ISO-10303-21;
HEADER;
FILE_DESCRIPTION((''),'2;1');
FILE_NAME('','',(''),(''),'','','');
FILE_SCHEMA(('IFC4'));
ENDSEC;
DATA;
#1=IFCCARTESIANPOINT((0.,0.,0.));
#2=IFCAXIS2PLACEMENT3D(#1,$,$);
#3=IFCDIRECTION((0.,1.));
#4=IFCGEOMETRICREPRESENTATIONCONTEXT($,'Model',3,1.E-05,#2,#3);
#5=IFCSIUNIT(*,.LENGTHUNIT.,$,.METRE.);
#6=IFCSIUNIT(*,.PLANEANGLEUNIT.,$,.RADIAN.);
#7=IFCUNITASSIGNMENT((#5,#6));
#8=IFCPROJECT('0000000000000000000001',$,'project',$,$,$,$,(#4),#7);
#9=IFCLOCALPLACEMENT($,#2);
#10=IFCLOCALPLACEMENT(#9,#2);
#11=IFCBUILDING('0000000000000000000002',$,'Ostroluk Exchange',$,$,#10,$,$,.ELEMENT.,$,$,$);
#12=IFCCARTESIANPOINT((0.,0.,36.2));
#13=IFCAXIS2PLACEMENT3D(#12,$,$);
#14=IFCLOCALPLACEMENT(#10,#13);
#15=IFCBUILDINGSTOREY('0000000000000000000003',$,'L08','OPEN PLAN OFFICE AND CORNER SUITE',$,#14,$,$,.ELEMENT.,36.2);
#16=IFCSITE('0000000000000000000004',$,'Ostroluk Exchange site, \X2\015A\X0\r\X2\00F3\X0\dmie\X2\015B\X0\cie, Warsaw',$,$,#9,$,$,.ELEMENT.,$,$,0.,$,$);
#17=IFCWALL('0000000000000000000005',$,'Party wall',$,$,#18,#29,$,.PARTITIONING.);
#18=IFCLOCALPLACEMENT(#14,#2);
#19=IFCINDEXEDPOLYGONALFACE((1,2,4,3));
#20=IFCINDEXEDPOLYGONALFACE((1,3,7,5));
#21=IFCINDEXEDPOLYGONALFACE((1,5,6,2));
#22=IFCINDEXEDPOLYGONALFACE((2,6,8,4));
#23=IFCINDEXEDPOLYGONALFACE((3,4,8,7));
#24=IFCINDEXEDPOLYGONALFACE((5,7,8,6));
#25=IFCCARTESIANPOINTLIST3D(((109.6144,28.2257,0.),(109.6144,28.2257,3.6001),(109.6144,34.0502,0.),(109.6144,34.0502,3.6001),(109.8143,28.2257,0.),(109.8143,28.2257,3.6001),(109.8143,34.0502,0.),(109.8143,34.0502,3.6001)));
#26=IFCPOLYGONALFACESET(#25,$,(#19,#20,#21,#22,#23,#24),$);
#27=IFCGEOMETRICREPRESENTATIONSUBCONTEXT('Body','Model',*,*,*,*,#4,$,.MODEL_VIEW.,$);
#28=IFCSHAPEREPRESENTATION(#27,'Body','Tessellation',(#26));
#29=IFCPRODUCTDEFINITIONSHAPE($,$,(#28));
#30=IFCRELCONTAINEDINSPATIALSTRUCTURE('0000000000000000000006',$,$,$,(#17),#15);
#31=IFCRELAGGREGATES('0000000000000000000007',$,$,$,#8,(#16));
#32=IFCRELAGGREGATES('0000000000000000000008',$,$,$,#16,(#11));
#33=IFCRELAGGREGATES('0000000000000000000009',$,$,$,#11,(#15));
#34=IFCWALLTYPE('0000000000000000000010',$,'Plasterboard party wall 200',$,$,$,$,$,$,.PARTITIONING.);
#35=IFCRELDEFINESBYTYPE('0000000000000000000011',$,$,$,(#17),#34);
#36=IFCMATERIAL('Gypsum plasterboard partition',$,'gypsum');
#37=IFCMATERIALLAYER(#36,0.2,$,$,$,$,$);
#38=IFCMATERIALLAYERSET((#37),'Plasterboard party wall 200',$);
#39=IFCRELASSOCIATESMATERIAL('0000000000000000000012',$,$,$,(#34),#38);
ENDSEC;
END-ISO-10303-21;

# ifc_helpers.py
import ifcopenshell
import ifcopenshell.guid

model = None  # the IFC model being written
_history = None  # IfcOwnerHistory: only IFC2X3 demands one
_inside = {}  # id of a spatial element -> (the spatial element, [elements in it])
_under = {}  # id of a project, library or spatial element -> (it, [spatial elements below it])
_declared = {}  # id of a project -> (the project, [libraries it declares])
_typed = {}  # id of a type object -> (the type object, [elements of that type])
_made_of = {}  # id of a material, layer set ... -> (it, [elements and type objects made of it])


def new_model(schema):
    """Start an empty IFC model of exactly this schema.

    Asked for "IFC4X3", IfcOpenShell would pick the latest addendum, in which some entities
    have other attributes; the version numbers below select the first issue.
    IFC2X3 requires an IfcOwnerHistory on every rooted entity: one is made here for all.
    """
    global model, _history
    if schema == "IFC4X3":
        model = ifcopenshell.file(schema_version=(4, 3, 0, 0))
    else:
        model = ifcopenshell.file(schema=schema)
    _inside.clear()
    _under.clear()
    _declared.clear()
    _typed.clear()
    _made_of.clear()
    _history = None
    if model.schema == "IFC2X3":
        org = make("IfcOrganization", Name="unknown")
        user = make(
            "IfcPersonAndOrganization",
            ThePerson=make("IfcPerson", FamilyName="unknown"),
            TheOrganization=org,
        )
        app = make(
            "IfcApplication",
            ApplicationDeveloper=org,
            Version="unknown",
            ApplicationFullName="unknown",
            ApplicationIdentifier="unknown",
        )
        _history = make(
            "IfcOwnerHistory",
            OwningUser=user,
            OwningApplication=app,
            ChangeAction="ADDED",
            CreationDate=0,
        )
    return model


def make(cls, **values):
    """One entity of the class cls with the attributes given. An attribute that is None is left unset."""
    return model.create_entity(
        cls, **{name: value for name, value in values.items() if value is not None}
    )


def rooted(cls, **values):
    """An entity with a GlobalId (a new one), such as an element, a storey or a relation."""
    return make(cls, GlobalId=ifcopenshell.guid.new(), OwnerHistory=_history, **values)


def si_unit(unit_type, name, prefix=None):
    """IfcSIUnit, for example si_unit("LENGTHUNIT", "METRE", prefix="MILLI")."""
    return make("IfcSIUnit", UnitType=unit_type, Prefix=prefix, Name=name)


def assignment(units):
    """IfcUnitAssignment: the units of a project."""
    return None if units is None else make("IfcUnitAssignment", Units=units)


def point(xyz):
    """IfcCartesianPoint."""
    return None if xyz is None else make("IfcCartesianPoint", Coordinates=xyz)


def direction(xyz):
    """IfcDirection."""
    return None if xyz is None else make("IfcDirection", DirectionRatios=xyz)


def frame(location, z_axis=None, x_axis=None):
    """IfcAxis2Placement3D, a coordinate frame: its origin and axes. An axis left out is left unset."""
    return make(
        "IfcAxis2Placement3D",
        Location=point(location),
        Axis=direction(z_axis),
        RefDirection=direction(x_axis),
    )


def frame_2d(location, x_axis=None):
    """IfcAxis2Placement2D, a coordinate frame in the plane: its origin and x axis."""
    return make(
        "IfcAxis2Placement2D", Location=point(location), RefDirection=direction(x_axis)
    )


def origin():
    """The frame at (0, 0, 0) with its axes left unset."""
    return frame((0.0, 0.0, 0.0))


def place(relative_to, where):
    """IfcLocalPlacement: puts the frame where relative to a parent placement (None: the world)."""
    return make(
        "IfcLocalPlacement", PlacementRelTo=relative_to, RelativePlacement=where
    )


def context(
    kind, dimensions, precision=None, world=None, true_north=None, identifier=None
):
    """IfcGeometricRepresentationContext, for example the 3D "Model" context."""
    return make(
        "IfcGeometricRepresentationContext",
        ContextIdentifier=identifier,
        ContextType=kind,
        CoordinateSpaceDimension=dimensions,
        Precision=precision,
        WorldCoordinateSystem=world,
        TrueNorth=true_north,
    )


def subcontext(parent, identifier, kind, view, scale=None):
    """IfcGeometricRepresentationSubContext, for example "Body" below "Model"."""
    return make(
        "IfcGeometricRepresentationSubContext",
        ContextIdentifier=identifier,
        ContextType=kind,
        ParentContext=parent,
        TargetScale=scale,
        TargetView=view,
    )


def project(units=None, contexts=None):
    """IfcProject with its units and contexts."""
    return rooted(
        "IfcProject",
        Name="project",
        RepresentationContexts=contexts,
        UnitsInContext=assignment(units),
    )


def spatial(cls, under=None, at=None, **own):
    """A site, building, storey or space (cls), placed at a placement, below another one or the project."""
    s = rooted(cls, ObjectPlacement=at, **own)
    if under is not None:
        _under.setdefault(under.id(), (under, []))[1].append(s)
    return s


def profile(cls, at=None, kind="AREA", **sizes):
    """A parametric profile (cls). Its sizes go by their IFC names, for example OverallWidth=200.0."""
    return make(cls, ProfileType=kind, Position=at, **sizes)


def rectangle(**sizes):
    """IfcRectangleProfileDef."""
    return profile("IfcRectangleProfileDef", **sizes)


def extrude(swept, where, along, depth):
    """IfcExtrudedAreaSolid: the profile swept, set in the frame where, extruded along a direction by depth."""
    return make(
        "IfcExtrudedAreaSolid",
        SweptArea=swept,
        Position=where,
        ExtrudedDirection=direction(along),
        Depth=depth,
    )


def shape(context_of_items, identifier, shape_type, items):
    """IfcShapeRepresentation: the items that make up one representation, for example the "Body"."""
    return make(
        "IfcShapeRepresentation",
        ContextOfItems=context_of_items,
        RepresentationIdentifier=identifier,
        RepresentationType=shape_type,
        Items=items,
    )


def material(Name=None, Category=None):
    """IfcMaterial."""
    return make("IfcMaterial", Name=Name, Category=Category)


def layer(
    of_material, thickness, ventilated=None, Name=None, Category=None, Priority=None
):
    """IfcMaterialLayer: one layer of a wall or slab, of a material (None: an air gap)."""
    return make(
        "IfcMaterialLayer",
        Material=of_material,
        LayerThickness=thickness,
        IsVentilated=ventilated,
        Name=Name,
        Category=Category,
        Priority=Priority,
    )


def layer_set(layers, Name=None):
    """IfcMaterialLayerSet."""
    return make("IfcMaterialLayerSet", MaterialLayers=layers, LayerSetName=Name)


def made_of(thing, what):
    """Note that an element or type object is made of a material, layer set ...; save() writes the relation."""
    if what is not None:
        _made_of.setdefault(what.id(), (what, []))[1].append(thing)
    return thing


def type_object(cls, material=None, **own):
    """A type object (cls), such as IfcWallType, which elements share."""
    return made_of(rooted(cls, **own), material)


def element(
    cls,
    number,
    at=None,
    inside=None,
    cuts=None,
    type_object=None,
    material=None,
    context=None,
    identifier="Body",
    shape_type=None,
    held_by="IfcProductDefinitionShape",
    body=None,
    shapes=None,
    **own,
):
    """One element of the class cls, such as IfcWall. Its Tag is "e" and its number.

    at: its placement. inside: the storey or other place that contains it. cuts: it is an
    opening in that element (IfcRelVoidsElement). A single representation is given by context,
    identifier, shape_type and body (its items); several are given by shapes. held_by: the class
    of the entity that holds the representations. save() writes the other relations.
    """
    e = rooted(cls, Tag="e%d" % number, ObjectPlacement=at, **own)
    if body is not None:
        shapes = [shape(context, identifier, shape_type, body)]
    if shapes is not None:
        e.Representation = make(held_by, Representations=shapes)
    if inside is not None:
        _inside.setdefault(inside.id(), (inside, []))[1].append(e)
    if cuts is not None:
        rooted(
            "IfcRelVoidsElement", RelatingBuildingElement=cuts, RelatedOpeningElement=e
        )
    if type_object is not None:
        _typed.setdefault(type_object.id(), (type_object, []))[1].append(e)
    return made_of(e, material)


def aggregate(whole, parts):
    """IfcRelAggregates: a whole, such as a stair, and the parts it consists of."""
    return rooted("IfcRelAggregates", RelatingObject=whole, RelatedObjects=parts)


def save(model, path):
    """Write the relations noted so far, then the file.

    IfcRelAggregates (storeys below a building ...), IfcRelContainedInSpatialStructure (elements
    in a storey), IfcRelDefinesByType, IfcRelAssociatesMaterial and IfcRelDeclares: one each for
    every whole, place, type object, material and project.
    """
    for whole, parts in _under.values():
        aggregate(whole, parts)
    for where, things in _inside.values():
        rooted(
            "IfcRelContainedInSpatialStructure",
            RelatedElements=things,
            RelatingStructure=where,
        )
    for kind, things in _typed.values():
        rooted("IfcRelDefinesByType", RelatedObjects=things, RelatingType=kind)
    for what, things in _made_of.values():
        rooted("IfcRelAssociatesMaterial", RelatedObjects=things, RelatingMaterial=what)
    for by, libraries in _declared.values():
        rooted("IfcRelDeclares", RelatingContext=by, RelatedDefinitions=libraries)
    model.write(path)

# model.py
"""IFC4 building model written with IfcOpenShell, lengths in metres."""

from ifc_helpers import new_model, si_unit, direction, frame, frame_2d, origin, place, context, subcontext, project, spatial, rectangle, extrude, material, layer, layer_set, type_object, element, save


model = new_model("IFC4")

# Units and contexts
model_context = context("Model", 3, precision=1e-05, world=origin(), true_north=direction((0.0, 1.0)))
body_context = subcontext(model_context, "Body", "Model", "MODEL_VIEW")
ifc_project = project(units=[si_unit("LENGTHUNIT", "METRE"), si_unit("PLANEANGLEUNIT", "RADIAN")], contexts=[model_context])

# Site, building, storey
site_placement = place(None, origin())
site = spatial("IfcSite", under=ifc_project, at=site_placement, Name="Ostroluk Exchange site, Śródmieście, Warsaw", CompositionType="ELEMENT", RefElevation=0.0)
building_placement = place(site_placement, origin())
building = spatial("IfcBuilding", under=site, at=building_placement, Name="Ostroluk Exchange", CompositionType="ELEMENT")
storey_placement = place(building_placement, frame((0.0, 0.0, 36.2)))
storey = spatial("IfcBuildingStorey", under=building, at=storey_placement, Name="L08", Description="OPEN PLAN OFFICE AND CORNER SUITE", CompositionType="ELEMENT", Elevation=36.2)

# Wall
ifc_material_1 = material(Name="Gypsum plasterboard partition", Category="gypsum")
ifc_layer_1 = layer(ifc_material_1, 0.2)
ifc_layer_set_1 = layer_set([ifc_layer_1], Name="Plasterboard party wall 200")
wall_type_1 = type_object("IfcWallType", Name="Plasterboard party wall 200", PredefinedType="PARTITIONING", material=ifc_layer_set_1)
wall_1_placement = place(storey_placement, frame((109.7144, 34.05, 0.0), z_axis=(0.0, 0.0, 1.0), x_axis=(0.0, -1.0, 0.0)))
element("IfcWall", 1, at=wall_1_placement, inside=storey, type_object=wall_type_1, Name="Party wall", PredefinedType="PARTITIONING", context=body_context, shape_type="SweptSolid", body=[
    extrude(rectangle(XDim=5.8245, YDim=0.2, at=frame_2d((2.9121, 0.0))), origin(), (0.0, 0.0, 1.0), 3.6001),
])

save(model, "model.ifc")
